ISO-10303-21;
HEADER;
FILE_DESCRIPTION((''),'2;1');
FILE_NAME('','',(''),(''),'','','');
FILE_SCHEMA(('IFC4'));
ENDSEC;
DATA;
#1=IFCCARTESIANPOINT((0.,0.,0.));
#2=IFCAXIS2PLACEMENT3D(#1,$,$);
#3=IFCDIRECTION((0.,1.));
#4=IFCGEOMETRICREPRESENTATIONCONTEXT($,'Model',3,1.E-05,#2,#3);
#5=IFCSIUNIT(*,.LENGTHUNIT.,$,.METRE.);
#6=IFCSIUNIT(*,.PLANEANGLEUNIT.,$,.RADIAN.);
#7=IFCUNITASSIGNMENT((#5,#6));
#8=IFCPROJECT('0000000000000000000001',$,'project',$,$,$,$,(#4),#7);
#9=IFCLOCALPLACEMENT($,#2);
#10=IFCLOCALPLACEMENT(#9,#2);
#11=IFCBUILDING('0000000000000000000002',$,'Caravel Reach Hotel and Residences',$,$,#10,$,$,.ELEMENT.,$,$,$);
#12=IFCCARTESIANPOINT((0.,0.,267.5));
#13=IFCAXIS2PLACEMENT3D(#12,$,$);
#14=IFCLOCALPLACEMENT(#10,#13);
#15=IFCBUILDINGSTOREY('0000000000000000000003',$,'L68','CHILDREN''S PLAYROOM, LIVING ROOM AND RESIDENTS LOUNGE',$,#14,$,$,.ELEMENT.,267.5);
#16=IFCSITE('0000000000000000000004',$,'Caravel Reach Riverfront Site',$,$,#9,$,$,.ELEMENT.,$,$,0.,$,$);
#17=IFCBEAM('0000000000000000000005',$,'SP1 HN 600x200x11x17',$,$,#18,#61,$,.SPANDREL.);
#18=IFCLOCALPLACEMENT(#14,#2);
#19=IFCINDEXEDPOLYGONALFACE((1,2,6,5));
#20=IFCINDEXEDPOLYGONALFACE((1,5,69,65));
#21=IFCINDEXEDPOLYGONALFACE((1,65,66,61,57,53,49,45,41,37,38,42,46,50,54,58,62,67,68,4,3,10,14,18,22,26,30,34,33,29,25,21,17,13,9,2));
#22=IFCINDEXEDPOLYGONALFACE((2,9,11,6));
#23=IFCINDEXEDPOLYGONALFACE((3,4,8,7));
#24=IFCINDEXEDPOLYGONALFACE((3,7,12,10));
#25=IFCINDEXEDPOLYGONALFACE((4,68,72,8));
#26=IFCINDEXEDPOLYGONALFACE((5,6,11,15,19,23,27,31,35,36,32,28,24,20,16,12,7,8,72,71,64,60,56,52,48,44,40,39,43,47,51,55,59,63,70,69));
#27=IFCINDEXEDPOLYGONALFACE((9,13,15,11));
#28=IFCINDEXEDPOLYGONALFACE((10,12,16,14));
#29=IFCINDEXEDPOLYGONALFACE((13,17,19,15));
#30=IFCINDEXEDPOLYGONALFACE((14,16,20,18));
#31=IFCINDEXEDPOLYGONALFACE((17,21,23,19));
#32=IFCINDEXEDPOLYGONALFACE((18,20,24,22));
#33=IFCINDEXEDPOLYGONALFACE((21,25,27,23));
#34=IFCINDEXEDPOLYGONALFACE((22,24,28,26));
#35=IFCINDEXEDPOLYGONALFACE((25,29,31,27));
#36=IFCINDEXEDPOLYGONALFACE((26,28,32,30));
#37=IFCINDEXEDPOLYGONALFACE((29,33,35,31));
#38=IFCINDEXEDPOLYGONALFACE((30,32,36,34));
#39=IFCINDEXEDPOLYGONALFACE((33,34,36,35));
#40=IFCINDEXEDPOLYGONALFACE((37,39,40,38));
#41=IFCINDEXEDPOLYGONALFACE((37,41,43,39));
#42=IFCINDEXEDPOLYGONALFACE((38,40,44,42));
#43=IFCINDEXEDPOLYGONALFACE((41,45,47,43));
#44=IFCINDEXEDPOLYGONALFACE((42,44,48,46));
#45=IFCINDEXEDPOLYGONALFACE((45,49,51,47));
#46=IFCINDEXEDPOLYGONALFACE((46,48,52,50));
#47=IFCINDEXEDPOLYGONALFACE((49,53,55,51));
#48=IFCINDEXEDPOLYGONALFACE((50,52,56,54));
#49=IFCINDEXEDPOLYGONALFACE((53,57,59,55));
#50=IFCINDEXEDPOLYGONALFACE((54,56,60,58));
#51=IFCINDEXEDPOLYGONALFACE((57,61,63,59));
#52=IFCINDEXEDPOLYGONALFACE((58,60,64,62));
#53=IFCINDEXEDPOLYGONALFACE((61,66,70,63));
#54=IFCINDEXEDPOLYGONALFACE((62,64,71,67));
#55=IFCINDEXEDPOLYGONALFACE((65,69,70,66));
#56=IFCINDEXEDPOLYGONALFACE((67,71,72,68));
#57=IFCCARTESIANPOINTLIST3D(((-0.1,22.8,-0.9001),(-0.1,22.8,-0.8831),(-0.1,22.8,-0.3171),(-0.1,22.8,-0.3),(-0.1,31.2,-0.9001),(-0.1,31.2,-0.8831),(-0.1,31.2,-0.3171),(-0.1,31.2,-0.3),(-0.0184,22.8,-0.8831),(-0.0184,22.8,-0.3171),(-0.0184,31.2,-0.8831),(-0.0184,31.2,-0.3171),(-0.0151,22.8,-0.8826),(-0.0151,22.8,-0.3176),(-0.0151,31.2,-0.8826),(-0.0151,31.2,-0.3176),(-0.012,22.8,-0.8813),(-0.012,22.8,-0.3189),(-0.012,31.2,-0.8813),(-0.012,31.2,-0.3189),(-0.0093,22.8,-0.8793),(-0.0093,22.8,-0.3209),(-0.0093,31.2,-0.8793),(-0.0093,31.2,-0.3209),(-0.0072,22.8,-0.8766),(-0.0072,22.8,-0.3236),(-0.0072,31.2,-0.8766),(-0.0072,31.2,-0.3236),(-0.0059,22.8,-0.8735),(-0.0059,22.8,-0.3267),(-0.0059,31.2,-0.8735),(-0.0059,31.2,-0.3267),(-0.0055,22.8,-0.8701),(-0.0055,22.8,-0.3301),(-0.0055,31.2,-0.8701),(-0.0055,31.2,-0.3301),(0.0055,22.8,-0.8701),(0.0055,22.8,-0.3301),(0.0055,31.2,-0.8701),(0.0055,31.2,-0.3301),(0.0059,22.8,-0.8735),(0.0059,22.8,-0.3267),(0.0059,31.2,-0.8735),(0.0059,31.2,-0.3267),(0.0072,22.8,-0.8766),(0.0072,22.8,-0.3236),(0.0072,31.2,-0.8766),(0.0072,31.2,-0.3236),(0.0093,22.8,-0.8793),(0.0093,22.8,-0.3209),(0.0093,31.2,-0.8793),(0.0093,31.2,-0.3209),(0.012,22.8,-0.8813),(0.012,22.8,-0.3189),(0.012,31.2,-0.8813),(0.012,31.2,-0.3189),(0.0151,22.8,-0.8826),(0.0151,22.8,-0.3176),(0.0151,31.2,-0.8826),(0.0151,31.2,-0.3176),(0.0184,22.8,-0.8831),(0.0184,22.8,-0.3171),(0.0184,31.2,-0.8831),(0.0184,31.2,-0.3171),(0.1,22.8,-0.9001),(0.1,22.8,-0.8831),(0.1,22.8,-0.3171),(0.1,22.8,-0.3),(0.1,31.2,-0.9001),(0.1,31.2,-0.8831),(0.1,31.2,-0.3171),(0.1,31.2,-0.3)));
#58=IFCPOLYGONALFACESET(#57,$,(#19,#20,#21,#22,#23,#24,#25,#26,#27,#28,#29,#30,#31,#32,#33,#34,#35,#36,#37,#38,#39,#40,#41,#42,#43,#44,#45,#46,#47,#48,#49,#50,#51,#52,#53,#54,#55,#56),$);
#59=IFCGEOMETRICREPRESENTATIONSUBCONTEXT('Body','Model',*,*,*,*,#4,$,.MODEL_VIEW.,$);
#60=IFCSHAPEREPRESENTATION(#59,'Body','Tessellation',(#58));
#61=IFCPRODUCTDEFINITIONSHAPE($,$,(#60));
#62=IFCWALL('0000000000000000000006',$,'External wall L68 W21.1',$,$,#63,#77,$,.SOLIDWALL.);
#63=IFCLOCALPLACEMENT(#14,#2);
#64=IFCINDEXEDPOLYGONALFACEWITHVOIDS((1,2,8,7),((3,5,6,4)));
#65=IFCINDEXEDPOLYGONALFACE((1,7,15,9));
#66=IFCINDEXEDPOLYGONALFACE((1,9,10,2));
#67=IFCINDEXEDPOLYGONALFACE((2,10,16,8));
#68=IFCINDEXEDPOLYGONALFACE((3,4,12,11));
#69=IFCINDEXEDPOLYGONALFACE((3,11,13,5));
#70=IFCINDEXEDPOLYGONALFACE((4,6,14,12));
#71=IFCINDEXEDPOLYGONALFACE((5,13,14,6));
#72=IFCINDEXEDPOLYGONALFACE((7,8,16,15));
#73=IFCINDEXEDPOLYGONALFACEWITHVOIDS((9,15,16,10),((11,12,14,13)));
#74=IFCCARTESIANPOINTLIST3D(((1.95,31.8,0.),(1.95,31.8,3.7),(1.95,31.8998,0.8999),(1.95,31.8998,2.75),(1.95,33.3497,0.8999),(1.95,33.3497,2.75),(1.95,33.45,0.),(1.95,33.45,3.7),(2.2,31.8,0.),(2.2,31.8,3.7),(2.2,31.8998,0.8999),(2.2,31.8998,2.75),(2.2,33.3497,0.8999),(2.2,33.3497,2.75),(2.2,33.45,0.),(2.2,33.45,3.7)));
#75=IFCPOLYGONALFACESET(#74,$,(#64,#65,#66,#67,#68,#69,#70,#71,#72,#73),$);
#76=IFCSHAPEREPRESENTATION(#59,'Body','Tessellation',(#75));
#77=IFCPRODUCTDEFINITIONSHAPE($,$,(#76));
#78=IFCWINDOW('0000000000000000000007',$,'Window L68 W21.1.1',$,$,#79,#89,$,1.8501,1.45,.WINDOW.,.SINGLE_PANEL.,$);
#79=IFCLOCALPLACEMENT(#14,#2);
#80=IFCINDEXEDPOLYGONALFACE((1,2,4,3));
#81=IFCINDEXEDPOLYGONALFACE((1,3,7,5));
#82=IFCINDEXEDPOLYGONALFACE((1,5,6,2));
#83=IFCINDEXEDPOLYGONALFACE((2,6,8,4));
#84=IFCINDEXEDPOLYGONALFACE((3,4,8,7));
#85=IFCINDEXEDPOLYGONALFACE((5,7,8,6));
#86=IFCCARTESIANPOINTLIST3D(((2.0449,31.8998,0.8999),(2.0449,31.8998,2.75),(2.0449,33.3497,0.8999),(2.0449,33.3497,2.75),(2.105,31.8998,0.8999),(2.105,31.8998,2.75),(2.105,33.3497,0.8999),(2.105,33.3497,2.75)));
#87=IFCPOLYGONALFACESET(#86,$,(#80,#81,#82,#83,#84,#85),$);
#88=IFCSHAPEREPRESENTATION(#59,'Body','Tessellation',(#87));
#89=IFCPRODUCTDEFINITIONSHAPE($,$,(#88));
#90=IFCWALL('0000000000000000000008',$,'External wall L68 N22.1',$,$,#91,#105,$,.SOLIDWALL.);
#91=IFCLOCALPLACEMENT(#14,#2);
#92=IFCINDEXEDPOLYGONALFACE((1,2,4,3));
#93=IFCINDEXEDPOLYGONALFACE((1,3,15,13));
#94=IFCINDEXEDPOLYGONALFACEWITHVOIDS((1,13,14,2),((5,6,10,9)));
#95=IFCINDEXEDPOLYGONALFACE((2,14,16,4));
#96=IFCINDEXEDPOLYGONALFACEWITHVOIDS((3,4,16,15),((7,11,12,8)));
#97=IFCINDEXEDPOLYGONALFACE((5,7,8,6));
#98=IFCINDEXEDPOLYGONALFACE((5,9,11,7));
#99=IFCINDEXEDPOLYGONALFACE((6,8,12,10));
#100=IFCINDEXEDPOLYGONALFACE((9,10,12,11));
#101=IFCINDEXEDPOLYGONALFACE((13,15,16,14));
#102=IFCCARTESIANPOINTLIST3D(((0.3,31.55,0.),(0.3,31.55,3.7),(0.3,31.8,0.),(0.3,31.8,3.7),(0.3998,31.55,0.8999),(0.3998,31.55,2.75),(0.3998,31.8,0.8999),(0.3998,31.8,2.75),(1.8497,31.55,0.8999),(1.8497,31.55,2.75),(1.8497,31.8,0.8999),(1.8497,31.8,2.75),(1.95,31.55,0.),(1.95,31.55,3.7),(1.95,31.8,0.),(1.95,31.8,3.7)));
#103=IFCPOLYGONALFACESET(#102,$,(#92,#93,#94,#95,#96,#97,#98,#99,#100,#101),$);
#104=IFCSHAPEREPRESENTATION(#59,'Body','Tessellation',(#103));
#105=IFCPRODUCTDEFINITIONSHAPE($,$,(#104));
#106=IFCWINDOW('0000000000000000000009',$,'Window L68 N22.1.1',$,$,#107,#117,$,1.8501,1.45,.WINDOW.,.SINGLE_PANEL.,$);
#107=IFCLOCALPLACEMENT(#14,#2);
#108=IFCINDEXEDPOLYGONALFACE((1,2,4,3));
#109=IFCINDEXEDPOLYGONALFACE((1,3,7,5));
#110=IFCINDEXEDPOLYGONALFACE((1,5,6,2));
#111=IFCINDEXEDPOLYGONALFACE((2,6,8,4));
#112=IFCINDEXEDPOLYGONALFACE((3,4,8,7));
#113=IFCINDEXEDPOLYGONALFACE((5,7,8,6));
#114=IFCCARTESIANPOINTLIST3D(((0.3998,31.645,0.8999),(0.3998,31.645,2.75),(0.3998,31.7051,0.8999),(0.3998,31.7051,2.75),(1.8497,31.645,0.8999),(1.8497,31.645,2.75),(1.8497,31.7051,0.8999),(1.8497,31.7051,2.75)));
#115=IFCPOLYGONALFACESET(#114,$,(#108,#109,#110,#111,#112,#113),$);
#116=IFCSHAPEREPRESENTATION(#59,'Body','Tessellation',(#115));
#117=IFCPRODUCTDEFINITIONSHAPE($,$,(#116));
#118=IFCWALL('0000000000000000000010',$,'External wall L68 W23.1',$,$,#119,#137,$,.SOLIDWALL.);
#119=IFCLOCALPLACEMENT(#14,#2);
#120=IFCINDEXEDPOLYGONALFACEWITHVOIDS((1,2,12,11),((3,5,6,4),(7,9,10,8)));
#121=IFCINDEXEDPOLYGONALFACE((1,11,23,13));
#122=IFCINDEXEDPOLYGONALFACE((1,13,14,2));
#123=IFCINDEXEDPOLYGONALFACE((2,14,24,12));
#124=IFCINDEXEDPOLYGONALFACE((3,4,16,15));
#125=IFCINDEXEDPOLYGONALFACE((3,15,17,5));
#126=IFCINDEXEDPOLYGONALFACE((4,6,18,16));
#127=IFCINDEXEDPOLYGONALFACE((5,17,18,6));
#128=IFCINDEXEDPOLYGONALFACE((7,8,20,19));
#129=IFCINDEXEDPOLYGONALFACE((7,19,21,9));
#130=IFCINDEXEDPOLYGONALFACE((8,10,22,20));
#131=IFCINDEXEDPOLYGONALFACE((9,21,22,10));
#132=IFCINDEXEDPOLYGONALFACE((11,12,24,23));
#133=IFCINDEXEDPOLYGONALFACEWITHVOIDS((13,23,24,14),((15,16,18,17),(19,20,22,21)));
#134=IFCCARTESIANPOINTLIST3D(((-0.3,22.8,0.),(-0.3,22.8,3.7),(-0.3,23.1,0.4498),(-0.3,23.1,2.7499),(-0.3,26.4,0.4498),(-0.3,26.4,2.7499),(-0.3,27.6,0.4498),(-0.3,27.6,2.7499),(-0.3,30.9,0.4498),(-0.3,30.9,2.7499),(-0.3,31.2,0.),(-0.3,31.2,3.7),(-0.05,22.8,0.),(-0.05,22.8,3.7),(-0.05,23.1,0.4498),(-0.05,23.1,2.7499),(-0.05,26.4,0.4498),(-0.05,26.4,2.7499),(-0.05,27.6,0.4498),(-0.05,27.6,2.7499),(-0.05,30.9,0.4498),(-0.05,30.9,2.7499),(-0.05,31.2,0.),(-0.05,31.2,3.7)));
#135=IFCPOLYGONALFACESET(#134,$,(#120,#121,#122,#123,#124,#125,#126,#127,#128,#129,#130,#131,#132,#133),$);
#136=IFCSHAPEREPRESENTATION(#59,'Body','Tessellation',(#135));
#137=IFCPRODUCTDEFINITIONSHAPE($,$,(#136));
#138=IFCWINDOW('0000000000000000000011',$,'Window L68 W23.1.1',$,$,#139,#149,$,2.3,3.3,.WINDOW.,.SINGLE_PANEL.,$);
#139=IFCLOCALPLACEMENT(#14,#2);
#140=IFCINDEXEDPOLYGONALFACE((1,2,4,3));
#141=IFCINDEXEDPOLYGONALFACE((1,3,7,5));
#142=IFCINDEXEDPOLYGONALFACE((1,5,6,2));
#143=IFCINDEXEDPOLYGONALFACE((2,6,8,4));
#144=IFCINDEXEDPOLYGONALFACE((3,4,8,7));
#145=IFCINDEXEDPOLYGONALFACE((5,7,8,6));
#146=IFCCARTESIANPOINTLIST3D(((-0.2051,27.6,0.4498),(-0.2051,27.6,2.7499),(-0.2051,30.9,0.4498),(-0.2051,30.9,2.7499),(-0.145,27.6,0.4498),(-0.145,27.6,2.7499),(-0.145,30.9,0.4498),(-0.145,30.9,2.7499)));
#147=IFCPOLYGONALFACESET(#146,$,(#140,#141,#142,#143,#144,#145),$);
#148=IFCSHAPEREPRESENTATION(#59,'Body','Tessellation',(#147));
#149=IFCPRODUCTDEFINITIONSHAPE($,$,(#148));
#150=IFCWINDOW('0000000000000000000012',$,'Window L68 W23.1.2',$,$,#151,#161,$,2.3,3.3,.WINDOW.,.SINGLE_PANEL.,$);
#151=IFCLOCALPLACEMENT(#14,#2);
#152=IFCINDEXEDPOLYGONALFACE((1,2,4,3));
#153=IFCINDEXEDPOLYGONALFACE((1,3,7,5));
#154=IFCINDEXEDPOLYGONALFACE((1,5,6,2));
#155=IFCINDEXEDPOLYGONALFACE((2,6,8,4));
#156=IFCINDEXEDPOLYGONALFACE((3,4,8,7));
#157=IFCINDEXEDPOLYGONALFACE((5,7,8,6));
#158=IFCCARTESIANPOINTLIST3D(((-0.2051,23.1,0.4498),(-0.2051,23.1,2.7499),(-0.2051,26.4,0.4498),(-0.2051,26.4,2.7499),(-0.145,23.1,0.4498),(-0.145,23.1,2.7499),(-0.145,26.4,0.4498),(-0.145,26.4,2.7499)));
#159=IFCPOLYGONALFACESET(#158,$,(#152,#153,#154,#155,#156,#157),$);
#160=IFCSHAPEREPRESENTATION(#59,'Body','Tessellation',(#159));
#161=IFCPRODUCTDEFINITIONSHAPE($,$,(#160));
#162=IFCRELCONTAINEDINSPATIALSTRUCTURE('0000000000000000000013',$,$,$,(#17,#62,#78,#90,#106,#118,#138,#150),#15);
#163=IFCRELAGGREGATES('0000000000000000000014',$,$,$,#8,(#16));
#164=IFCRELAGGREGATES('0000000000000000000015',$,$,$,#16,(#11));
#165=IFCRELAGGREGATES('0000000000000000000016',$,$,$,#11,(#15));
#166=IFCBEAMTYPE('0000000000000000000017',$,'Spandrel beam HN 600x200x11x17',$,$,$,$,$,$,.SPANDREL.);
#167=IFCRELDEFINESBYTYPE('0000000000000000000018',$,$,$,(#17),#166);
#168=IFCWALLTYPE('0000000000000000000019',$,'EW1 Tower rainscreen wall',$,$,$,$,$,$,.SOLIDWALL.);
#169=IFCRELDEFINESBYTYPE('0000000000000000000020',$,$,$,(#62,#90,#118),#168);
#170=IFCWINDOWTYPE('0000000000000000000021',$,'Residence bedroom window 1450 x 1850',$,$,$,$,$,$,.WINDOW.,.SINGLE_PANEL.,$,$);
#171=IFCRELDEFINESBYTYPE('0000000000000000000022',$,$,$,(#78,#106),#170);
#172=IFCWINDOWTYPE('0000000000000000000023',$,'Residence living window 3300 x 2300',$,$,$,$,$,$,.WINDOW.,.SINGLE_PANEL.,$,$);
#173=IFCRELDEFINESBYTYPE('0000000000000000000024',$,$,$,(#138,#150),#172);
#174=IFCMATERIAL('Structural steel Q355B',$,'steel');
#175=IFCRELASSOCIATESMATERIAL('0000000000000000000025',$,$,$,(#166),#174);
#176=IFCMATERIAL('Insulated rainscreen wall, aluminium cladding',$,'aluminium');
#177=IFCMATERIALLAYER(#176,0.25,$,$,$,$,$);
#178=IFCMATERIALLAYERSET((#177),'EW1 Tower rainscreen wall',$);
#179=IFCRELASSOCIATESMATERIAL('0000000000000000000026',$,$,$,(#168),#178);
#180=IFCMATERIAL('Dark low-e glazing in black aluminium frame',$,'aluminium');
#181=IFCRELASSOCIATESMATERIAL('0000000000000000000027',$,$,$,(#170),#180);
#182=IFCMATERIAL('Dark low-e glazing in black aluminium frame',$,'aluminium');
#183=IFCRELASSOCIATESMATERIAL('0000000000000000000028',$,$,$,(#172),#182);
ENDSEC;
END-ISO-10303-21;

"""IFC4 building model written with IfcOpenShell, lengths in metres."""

from ifc_helpers import new_model, si_unit, direction, frame, frame_2d, origin, origin_2d, place, context, subcontext, project, spatial, rectangle, i_section, extrude, material, layer, layer_set, material_profile, profile_set, type_object, element, fill, save


model = new_model("IFC4")

# Units and contexts
model_context = context("Model", 3, precision=1e-05, world=origin(), true_north=direction((0.0, 1.0)))
body_context = subcontext(model_context, "Body", "Model", "MODEL_VIEW")
ifc_project = project(units=[si_unit("LENGTHUNIT", "METRE"), si_unit("PLANEANGLEUNIT", "RADIAN")], contexts=[model_context])

# Site, building, storey
site_placement = place(None, origin())
site = spatial("IfcSite", under=ifc_project, at=site_placement, Name="Caravel Reach Riverfront Site", CompositionType="ELEMENT", RefElevation=0.0)
building_placement = place(site_placement, origin())
building = spatial("IfcBuilding", under=site, at=building_placement, Name="Caravel Reach Hotel and Residences", CompositionType="ELEMENT")
storey_placement = place(building_placement, frame((0.0, 0.0, 267.5)))
storey = spatial("IfcBuildingStorey", under=building, at=storey_placement, Name="L68", Description="CHILDREN'S PLAYROOM, LIVING ROOM AND RESIDENTS LOUNGE", CompositionType="ELEMENT", Elevation=267.5)

# Beam
ifc_material_1 = material(Name="Structural steel Q355B", Category="steel")
ifc_material_profile_1 = material_profile(ifc_material_1, i_section(OverallWidth=0.2, OverallDepth=0.6001, WebThickness=0.011, FlangeThickness=0.0171, FilletRadius=0.0129, at=origin_2d()), Name="HN 600x200x11x17")
ifc_profile_set_1 = profile_set([ifc_material_profile_1], Name="Structural steel Q355B")
beam_type = type_object("IfcBeamType", Name="Spandrel beam HN 600x200x11x17", PredefinedType="SPANDREL", material=ifc_profile_set_1)
beam_placement = place(storey_placement, frame((0.0, 31.2, -0.6001), z_axis=(0.0, -1.0, 0.0), x_axis=(1.0, 0.0, 0.0)))
element("IfcBeam", 1, at=beam_placement, inside=storey, type_object=beam_type, Name="SP1 HN 600x200x11x17", PredefinedType="SPANDREL", context=body_context, shape_type="SweptSolid", body=[
    extrude(i_section(OverallWidth=0.2, OverallDepth=0.6001, WebThickness=0.011, FlangeThickness=0.0171, FilletRadius=0.0129, at=origin_2d()), origin(), (0.0, 0.0, 1.0), 8.3999),
])

# Walls, openings, windows
ifc_material_2 = material(Name="Insulated rainscreen wall, aluminium cladding", Category="aluminium")
ifc_layer = layer(ifc_material_2, 0.25)
ifc_layer_set = layer_set([ifc_layer], Name="EW1 Tower rainscreen wall")
wall_type = type_object("IfcWallType", Name="EW1 Tower rainscreen wall", PredefinedType="SOLIDWALL", material=ifc_layer_set)
wall_1_placement = place(storey_placement, frame((2.075, 33.45, 0.0), z_axis=(0.0, 0.0, 1.0), x_axis=(0.0, -1.0, 0.0)))
wall_1 = element("IfcWall", 2, at=wall_1_placement, inside=storey, type_object=wall_type, Name="External wall L68 W21.1", PredefinedType="SOLIDWALL", context=body_context, shape_type="SweptSolid", body=[
    extrude(rectangle(XDim=1.6499, YDim=0.25, at=frame_2d((0.825, 0.0))), origin(), (0.0, 0.0, 1.0), 3.7),
])
opening_1_placement = place(wall_1_placement, frame((0.1001, 0.0, 0.8999)))
opening_1 = element("IfcOpeningElement", 3, at=opening_1_placement, cuts=wall_1, PredefinedType="OPENING", context=body_context, shape_type="SweptSolid", body=[
    extrude(rectangle(XDim=1.45, YDim=1.8501, at=frame_2d((0.7251, 0.925))), frame((0.0, 0.135, 0.0), z_axis=(0.0, -1.0, 0.0), x_axis=(1.0, 0.0, 0.0)), (0.0, 0.0, 1.0), 0.27),
])
ifc_material_3 = material(Name="Dark low-e glazing in black aluminium frame", Category="aluminium")
window_type_1 = type_object("IfcWindowType", Name="Residence bedroom window 1450 x 1850", PartitioningType="SINGLE_PANEL", PredefinedType="WINDOW", material=ifc_material_3)
window_1_placement = place(opening_1_placement, origin())
window_1 = element("IfcWindow", 4, at=window_1_placement, inside=storey, type_object=window_type_1, Name="Window L68 W21.1.1", OverallHeight=1.8501, OverallWidth=1.45, PartitioningType="SINGLE_PANEL", PredefinedType="WINDOW", context=body_context, shape_type="SweptSolid", body=[
    extrude(rectangle(XDim=1.45, YDim=1.8501, at=frame_2d((0.7251, 0.925))), frame((0.0, 0.03, 0.0), z_axis=(0.0, -1.0, 0.0), x_axis=(1.0, 0.0, 0.0)), (0.0, 0.0, 1.0), 0.0601),
])
fill(opening_1, window_1)
wall_2_placement = place(storey_placement, frame((1.95, 31.675, 0.0), z_axis=(0.0, 0.0, 1.0), x_axis=(-1.0, 0.0, 0.0)))
wall_2 = element("IfcWall", 5, at=wall_2_placement, inside=storey, type_object=wall_type, Name="External wall L68 N22.1", PredefinedType="SOLIDWALL", context=body_context, shape_type="SweptSolid", body=[
    extrude(rectangle(XDim=1.6499, YDim=0.25, at=frame_2d((0.825, 0.0))), origin(), (0.0, 0.0, 1.0), 3.7),
])
opening_2_placement = place(wall_2_placement, frame((0.1001, 0.0, 0.8999)))
opening_2 = element("IfcOpeningElement", 6, at=opening_2_placement, cuts=wall_2, PredefinedType="OPENING", context=body_context, shape_type="SweptSolid", body=[
    extrude(rectangle(XDim=1.45, YDim=1.8501, at=frame_2d((0.7251, 0.925))), frame((0.0, 0.135, 0.0), z_axis=(0.0, -1.0, 0.0), x_axis=(1.0, 0.0, 0.0)), (0.0, 0.0, 1.0), 0.27),
])
window_2_placement = place(opening_2_placement, origin())
window_2 = element("IfcWindow", 7, at=window_2_placement, inside=storey, type_object=window_type_1, Name="Window L68 N22.1.1", OverallHeight=1.8501, OverallWidth=1.45, PartitioningType="SINGLE_PANEL", PredefinedType="WINDOW", context=body_context, shape_type="SweptSolid", body=[
    extrude(rectangle(XDim=1.45, YDim=1.8501, at=frame_2d((0.7251, 0.925))), frame((0.0, 0.03, 0.0), z_axis=(0.0, -1.0, 0.0), x_axis=(1.0, 0.0, 0.0)), (0.0, 0.0, 1.0), 0.0601),
])
fill(opening_2, window_2)

# Wall, openings, windows
wall_3_placement = place(storey_placement, frame((-0.175, 31.2, 0.0), z_axis=(0.0, 0.0, 1.0), x_axis=(0.0, -1.0, 0.0)))
wall_3 = element("IfcWall", 8, at=wall_3_placement, inside=storey, type_object=wall_type, Name="External wall L68 W23.1", PredefinedType="SOLIDWALL", context=body_context, shape_type="SweptSolid", body=[
    extrude(rectangle(XDim=8.3999, YDim=0.25, at=frame_2d((4.2, 0.0))), origin(), (0.0, 0.0, 1.0), 3.7),
])
opening_3_placement = place(wall_3_placement, frame((0.3, 0.0, 0.45)))
opening_3 = element("IfcOpeningElement", 9, at=opening_3_placement, cuts=wall_3, PredefinedType="OPENING", context=body_context, shape_type="SweptSolid", body=[
    extrude(rectangle(XDim=3.3, YDim=2.3, at=frame_2d((1.6499, 1.1499))), frame((0.0, 0.135, 0.0), z_axis=(0.0, -1.0, 0.0), x_axis=(1.0, 0.0, 0.0)), (0.0, 0.0, 1.0), 0.27),
])
opening_4_placement = place(wall_3_placement, frame((4.8, 0.0, 0.45)))
opening_4 = element("IfcOpeningElement", 10, at=opening_4_placement, cuts=wall_3, PredefinedType="OPENING", context=body_context, shape_type="SweptSolid", body=[
    extrude(rectangle(XDim=3.3, YDim=2.3, at=frame_2d((1.6499, 1.1499))), frame((0.0, 0.135, 0.0), z_axis=(0.0, -1.0, 0.0), x_axis=(1.0, 0.0, 0.0)), (0.0, 0.0, 1.0), 0.27),
])
ifc_material_4 = material(Name="Dark low-e glazing in black aluminium frame", Category="aluminium")
window_type_2 = type_object("IfcWindowType", Name="Residence living window 3300 x 2300", PartitioningType="SINGLE_PANEL", PredefinedType="WINDOW", material=ifc_material_4)
window_3_placement = place(opening_3_placement, origin())
window_3 = element("IfcWindow", 11, at=window_3_placement, inside=storey, type_object=window_type_2, Name="Window L68 W23.1.1", OverallHeight=2.3, OverallWidth=3.3, PartitioningType="SINGLE_PANEL", PredefinedType="WINDOW", context=body_context, shape_type="SweptSolid", body=[
    extrude(rectangle(XDim=3.3, YDim=2.3, at=frame_2d((1.6499, 1.1499))), frame((0.0, 0.03, 0.0), z_axis=(0.0, -1.0, 0.0), x_axis=(1.0, 0.0, 0.0)), (0.0, 0.0, 1.0), 0.0601),
])
fill(opening_3, window_3)
window_4_placement = place(opening_4_placement, origin())
window_4 = element("IfcWindow", 12, at=window_4_placement, inside=storey, type_object=window_type_2, Name="Window L68 W23.1.2", OverallHeight=2.3, OverallWidth=3.3, PartitioningType="SINGLE_PANEL", PredefinedType="WINDOW", context=body_context, shape_type="SweptSolid", body=[
    extrude(rectangle(XDim=3.3, YDim=2.3, at=frame_2d((1.6499, 1.1499))), frame((0.0, 0.03, 0.0), z_axis=(0.0, -1.0, 0.0), x_axis=(1.0, 0.0, 0.0)), (0.0, 0.0, 1.0), 0.0601),
])
fill(opening_4, window_4)

save(model, "model.ifc")
